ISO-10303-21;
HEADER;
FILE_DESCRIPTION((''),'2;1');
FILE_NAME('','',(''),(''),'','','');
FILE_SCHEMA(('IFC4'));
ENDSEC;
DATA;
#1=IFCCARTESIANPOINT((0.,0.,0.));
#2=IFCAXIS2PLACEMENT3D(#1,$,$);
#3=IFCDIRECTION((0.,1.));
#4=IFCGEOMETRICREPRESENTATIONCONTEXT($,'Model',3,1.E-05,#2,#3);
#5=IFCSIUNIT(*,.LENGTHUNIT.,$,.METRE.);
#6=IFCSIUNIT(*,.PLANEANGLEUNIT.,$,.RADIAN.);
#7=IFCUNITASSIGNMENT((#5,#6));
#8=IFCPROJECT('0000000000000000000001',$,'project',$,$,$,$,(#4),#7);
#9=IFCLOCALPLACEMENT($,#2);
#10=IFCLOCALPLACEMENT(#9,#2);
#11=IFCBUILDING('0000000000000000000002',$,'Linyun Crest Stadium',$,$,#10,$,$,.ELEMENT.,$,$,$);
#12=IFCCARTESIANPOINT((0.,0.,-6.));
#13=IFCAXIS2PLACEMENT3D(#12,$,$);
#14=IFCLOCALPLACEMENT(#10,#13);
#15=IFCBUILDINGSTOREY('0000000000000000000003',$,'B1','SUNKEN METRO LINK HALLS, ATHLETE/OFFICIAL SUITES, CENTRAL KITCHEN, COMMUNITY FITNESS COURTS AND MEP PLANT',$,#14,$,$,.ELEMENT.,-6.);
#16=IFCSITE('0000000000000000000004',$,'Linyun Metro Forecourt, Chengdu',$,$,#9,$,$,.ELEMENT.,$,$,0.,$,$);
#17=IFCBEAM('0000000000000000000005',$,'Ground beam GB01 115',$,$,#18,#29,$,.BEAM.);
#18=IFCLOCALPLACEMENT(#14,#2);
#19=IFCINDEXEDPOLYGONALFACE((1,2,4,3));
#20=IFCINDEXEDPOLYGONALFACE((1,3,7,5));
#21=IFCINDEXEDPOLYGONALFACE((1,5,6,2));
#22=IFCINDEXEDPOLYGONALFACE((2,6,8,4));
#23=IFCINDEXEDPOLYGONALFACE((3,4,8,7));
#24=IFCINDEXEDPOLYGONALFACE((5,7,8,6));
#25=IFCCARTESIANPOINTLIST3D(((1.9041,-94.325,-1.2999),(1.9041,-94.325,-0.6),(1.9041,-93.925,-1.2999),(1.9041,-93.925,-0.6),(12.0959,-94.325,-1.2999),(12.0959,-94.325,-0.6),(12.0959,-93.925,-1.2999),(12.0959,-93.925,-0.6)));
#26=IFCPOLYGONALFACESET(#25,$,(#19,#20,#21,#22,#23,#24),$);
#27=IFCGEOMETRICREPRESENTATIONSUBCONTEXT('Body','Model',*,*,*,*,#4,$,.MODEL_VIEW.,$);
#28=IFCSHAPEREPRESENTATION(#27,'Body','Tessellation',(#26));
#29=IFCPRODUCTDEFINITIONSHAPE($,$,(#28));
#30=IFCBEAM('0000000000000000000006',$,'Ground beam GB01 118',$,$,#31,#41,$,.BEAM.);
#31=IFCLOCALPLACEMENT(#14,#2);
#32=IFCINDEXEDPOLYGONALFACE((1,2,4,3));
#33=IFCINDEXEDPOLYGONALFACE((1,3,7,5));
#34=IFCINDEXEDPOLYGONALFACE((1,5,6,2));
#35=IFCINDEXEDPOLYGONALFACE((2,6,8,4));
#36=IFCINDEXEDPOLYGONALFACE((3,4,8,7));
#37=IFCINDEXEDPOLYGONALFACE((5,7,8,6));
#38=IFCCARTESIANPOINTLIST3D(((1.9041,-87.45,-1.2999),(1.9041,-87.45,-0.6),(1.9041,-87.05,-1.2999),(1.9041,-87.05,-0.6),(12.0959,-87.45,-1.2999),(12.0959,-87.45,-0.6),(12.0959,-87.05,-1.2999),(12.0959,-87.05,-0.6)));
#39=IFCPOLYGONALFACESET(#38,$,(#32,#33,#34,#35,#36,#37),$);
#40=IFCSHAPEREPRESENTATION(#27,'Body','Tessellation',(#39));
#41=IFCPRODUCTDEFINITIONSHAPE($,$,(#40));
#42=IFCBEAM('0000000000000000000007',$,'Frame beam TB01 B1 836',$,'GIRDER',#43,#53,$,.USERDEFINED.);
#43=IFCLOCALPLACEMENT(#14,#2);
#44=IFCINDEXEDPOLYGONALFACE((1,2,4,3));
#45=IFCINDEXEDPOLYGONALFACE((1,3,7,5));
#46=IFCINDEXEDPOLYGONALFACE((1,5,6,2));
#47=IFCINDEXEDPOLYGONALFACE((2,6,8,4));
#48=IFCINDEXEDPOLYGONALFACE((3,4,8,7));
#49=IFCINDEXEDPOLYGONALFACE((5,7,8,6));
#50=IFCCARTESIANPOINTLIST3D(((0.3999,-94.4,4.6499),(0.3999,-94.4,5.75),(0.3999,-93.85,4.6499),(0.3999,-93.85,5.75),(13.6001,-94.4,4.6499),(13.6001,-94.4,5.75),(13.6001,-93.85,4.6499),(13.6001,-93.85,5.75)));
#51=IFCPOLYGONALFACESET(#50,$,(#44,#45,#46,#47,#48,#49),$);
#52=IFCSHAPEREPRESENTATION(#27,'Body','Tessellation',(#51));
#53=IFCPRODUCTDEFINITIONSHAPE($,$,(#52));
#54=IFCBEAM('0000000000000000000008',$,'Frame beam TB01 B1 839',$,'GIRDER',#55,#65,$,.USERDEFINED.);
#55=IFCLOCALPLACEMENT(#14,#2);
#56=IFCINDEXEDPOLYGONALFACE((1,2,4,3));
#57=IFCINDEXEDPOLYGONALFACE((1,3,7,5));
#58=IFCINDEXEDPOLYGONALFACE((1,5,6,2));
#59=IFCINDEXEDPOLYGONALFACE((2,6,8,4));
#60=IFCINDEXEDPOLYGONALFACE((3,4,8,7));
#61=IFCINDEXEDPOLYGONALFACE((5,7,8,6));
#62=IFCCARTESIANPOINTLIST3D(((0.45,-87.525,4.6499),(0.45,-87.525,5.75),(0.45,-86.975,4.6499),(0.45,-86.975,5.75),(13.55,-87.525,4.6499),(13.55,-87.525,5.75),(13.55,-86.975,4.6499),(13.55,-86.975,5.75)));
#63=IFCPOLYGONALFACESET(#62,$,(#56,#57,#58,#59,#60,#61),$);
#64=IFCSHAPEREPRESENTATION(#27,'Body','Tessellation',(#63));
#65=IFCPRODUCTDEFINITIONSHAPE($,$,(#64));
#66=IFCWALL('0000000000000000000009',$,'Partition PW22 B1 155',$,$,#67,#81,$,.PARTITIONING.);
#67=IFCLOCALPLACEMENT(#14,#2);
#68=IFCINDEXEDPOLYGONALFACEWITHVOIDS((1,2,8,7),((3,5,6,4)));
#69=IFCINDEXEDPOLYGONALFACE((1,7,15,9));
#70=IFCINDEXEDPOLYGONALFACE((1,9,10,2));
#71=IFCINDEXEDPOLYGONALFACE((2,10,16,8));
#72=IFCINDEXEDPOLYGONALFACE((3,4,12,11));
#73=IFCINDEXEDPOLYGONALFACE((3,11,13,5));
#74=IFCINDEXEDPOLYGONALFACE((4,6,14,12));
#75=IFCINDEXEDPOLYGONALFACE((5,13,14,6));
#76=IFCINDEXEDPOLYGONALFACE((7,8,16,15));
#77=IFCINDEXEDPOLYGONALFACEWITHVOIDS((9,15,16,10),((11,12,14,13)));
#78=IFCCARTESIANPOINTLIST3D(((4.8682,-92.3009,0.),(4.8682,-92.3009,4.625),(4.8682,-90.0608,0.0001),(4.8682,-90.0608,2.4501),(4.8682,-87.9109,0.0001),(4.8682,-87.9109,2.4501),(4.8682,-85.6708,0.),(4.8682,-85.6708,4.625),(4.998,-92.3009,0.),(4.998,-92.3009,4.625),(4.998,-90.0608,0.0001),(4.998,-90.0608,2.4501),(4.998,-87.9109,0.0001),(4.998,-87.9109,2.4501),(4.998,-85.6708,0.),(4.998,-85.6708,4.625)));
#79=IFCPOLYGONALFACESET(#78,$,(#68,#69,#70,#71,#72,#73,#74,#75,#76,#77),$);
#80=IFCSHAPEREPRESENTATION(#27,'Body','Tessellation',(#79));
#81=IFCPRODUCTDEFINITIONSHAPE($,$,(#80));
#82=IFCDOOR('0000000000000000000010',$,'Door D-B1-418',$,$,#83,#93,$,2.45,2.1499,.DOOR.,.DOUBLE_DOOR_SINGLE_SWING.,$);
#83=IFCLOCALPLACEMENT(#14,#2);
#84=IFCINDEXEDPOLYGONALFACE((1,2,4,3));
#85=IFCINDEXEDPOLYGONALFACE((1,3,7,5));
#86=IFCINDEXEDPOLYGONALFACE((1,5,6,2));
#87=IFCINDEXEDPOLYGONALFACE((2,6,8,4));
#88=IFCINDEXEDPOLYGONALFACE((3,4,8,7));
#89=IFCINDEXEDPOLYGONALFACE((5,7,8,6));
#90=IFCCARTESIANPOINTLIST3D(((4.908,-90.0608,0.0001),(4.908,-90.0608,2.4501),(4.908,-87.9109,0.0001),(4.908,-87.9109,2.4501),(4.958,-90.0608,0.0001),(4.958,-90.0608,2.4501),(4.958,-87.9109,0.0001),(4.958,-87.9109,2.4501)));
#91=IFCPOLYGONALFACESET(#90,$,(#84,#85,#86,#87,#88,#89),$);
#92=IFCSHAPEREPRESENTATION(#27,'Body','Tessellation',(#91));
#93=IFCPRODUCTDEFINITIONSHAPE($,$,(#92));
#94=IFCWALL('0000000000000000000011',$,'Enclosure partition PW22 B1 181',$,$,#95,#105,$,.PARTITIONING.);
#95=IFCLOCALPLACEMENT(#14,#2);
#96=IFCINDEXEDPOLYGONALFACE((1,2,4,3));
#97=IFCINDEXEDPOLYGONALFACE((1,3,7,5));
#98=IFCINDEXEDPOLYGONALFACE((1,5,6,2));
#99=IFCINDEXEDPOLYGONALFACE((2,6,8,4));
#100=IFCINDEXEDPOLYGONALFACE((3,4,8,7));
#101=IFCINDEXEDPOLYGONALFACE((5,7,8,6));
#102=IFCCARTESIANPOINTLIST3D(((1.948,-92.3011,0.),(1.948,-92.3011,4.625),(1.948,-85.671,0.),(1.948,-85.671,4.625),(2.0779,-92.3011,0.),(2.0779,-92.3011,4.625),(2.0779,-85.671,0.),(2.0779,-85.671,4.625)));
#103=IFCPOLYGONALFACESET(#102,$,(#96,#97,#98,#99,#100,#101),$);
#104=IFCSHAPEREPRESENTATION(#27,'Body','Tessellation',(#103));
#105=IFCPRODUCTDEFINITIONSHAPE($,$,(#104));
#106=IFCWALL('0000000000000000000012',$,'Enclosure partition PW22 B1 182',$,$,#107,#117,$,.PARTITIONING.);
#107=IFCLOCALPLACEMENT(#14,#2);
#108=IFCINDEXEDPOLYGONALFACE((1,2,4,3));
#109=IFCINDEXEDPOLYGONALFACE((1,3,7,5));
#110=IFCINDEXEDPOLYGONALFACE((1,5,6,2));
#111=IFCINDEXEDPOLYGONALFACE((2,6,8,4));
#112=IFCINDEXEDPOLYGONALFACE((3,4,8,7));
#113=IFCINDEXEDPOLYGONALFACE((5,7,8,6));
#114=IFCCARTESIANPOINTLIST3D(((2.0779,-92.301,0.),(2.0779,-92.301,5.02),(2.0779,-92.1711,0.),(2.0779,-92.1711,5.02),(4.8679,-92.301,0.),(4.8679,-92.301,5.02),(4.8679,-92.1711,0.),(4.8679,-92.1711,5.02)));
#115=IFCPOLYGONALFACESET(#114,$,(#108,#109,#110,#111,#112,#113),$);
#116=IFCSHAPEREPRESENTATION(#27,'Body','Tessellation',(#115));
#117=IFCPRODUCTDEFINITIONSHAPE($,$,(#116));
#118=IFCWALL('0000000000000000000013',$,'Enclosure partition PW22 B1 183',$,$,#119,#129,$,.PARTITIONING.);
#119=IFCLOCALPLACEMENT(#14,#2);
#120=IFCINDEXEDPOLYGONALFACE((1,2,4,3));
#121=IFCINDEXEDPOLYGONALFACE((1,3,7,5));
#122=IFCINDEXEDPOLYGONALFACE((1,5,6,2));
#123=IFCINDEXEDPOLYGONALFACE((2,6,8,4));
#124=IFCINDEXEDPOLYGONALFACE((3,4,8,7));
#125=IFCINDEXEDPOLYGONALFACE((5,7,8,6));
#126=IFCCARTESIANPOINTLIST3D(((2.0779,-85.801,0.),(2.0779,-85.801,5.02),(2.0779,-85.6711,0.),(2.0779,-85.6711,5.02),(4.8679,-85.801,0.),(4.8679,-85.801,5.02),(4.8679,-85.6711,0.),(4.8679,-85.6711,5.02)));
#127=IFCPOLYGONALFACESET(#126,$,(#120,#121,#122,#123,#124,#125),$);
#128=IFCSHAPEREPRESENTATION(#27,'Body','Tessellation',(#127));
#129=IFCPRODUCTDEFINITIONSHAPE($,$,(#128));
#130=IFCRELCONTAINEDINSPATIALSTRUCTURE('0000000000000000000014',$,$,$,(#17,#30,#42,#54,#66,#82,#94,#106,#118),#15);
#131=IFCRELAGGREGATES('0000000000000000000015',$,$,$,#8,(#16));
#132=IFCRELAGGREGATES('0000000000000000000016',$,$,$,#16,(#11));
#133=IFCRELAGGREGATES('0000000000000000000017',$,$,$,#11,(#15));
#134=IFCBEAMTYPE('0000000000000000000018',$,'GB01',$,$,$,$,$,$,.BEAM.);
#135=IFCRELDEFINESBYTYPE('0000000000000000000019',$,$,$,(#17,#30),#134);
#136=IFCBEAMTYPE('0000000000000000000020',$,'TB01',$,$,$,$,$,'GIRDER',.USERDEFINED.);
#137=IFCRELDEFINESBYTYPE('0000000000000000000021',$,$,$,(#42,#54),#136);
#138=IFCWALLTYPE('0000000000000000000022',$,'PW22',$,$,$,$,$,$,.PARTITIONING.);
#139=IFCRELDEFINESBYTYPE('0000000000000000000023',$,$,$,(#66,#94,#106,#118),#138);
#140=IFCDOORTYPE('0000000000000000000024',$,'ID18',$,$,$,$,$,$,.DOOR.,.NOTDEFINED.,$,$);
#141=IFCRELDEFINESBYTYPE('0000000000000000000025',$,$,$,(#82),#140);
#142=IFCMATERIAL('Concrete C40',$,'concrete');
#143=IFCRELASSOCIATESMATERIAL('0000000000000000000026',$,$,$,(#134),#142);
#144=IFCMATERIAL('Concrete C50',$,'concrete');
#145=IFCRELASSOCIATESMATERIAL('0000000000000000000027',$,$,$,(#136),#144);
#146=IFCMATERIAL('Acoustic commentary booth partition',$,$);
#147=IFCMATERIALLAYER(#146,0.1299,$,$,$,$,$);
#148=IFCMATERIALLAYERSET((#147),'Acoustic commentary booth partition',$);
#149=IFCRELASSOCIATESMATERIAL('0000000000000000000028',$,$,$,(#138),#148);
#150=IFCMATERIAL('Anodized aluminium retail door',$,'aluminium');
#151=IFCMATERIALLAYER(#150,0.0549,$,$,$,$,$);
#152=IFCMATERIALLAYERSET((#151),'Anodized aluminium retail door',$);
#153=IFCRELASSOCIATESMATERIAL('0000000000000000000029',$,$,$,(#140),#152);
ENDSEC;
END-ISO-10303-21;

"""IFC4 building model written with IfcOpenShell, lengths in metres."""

from ifc_helpers import new_model, si_unit, direction, frame, frame_2d, origin, origin_2d, place, context, subcontext, project, spatial, rectangle, extrude, material, layer, layer_set, material_profile, profile_set, type_object, element, fill, save


model = new_model("IFC4")

# Units and contexts
model_context = context("Model", 3, precision=1e-05, world=origin(), true_north=direction((0.0, 1.0)))
body_context = subcontext(model_context, "Body", "Model", "MODEL_VIEW")
ifc_project = project(units=[si_unit("LENGTHUNIT", "METRE"), si_unit("PLANEANGLEUNIT", "RADIAN")], contexts=[model_context])

# Site, building, storey
site_placement = place(None, origin())
site = spatial("IfcSite", under=ifc_project, at=site_placement, Name="Linyun Metro Forecourt, Chengdu", CompositionType="ELEMENT", RefElevation=0.0)
building_placement = place(site_placement, origin())
building = spatial("IfcBuilding", under=site, at=building_placement, Name="Linyun Crest Stadium", CompositionType="ELEMENT")
storey_placement = place(building_placement, frame((0.0, 0.0, -6.0)))
storey = spatial("IfcBuildingStorey", under=building, at=storey_placement, Name="B1", Description="SUNKEN METRO LINK HALLS, ATHLETE/OFFICIAL SUITES, CENTRAL KITCHEN, COMMUNITY FITNESS COURTS AND MEP PLANT", CompositionType="ELEMENT", Elevation=-6.0)

# Beams
ifc_material_1 = material(Name="Concrete C40", Category="concrete")
ifc_material_profile_1 = material_profile(ifc_material_1, rectangle(XDim=0.3999, YDim=0.7, at=origin_2d()), Name="RCB 700x400")
ifc_profile_set_1 = profile_set([ifc_material_profile_1], Name="Concrete C40")
beam_type_1 = type_object("IfcBeamType", Name="GB01", PredefinedType="BEAM", material=ifc_profile_set_1)
for number, where, z_axis, x_axis, name in (
    (1, (1.9041, -94.125, -0.95), (1.0, 0.0, 0.0), (0.0, 1.0, 0.0), "Ground beam GB01 115"),
    (2, (1.9041, -87.25, -0.95), (1.0, 0.0, 0.0), (0.0, 1.0, 0.0), "Ground beam GB01 118"),
):
    element("IfcBeam", number, at=place(storey_placement, frame(where, z_axis=z_axis, x_axis=x_axis)), inside=storey, type_object=beam_type_1, Name=name, PredefinedType="BEAM", context=body_context, shape_type="SweptSolid", body=[
        extrude(rectangle(XDim=0.3999, YDim=0.7, at=origin_2d()), origin(), (0.0, 0.0, 1.0), 10.1919),
    ])
ifc_material_2 = material(Name="Concrete C50", Category="concrete")
ifc_material_profile_2 = material_profile(ifc_material_2, rectangle(XDim=0.55, YDim=1.1001, at=origin_2d()), Name="RCB 1100x550")
ifc_profile_set_2 = profile_set([ifc_material_profile_2], Name="Concrete C50")
beam_type_2 = type_object("IfcBeamType", Name="TB01", ElementType="GIRDER", PredefinedType="USERDEFINED", material=ifc_profile_set_2)
beam_1_placement = place(storey_placement, frame((0.3999, -94.125, 5.2), z_axis=(1.0, 0.0, 0.0), x_axis=(0.0, 1.0, 0.0)))
element("IfcBeam", 3, at=beam_1_placement, inside=storey, type_object=beam_type_2, Name="Frame beam TB01 B1 836", ObjectType="GIRDER", PredefinedType="USERDEFINED", context=body_context, shape_type="SweptSolid", body=[
    extrude(rectangle(XDim=0.55, YDim=1.1001, at=origin_2d()), origin(), (0.0, 0.0, 1.0), 13.2002),
])
beam_2_placement = place(storey_placement, frame((0.45, -87.25, 5.2), z_axis=(1.0, 0.0, 0.0), x_axis=(0.0, 1.0, 0.0)))
element("IfcBeam", 4, at=beam_2_placement, inside=storey, type_object=beam_type_2, Name="Frame beam TB01 B1 839", ObjectType="GIRDER", PredefinedType="USERDEFINED", context=body_context, shape_type="SweptSolid", body=[
    extrude(rectangle(XDim=0.55, YDim=1.1001, at=origin_2d()), origin(), (0.0, 0.0, 1.0), 13.1001),
])

# Wall, opening, door
ifc_material_3 = material(Name="Acoustic commentary booth partition")
ifc_layer_1 = layer(ifc_material_3, 0.1299)
ifc_layer_set_1 = layer_set([ifc_layer_1], Name="Acoustic commentary booth partition")
wall_type = type_object("IfcWallType", Name="PW22", PredefinedType="PARTITIONING", material=ifc_layer_set_1)
wall_1_placement = place(storey_placement, frame((4.9331, -85.6709, 0.0), z_axis=(0.0, 0.0, 1.0), x_axis=(0.0, -1.0, 0.0)))
wall_1 = element("IfcWall", 5, at=wall_1_placement, inside=storey, type_object=wall_type, Name="Partition PW22 B1 155", PredefinedType="PARTITIONING", context=body_context, shape_type="SweptSolid", body=[
    extrude(rectangle(XDim=6.6301, YDim=0.1299, at=frame_2d((3.3149, 0.0))), origin(), (0.0, 0.0, 1.0), 4.625),
])
opening_placement = place(wall_1_placement, frame((2.24, 0.0, 0.0)))
opening = element("IfcOpeningElement", 6, at=opening_placement, cuts=wall_1, PredefinedType="OPENING", context=body_context, shape_type="SweptSolid", body=[
    extrude(rectangle(XDim=2.1499, YDim=2.45, at=frame_2d((1.075, 1.2251))), frame((0.0, 0.075, 0.0), z_axis=(0.0, -1.0, 0.0), x_axis=(1.0, 0.0, 0.0)), (0.0, 0.0, 1.0), 0.1499),
])
ifc_material_4 = material(Name="Anodized aluminium retail door", Category="aluminium")
ifc_layer_2 = layer(ifc_material_4, 0.0549)
ifc_layer_set_2 = layer_set([ifc_layer_2], Name="Anodized aluminium retail door")
door_type = type_object("IfcDoorType", Name="ID18", OperationType="NOTDEFINED", PredefinedType="DOOR", material=ifc_layer_set_2)
door_placement = place(opening_placement, origin())
door = element("IfcDoor", 7, at=door_placement, inside=storey, type_object=door_type, Name="Door D-B1-418", OperationType="DOUBLE_DOOR_SINGLE_SWING", OverallHeight=2.45, OverallWidth=2.1499, PredefinedType="DOOR", context=body_context, shape_type="SweptSolid", body=[
    extrude(rectangle(XDim=2.1499, YDim=2.45, at=frame_2d((1.075, 1.2251))), frame((0.0, 0.0249, 0.0), z_axis=(0.0, -1.0, 0.0), x_axis=(1.0, 0.0, 0.0)), (0.0, 0.0, 1.0), 0.05),
])
fill(opening, door)

# Walls
wall_2_placement = place(storey_placement, frame((2.0129, -92.301, 0.0), z_axis=(0.0, 0.0, 1.0), x_axis=(0.0, 1.0, 0.0)))
element("IfcWall", 8, at=wall_2_placement, inside=storey, type_object=wall_type, Name="Enclosure partition PW22 B1 181", PredefinedType="PARTITIONING", context=body_context, shape_type="SweptSolid", body=[
    extrude(rectangle(XDim=6.6301, YDim=0.1299, at=frame_2d((3.3149, 0.0))), origin(), (0.0, 0.0, 1.0), 4.625),
])
for number, where, z_axis, x_axis, name in (
    (9, (2.0779, -92.2361, 0.0), (0.0, 0.0, 1.0), (1.0, 0.0, 0.0), "Enclosure partition PW22 B1 182"),
    (10, (2.0779, -85.7361, 0.0), (0.0, 0.0, 1.0), (1.0, 0.0, 0.0), "Enclosure partition PW22 B1 183"),
):
    element("IfcWall", number, at=place(storey_placement, frame(where, z_axis=z_axis, x_axis=x_axis)), inside=storey, type_object=wall_type, Name=name, PredefinedType="PARTITIONING", context=body_context, shape_type="SweptSolid", body=[
        extrude(rectangle(XDim=2.79, YDim=0.1299, at=frame_2d((1.395, 0.0))), origin(), (0.0, 0.0, 1.0), 5.02),
    ])

save(model, "model.ifc")
